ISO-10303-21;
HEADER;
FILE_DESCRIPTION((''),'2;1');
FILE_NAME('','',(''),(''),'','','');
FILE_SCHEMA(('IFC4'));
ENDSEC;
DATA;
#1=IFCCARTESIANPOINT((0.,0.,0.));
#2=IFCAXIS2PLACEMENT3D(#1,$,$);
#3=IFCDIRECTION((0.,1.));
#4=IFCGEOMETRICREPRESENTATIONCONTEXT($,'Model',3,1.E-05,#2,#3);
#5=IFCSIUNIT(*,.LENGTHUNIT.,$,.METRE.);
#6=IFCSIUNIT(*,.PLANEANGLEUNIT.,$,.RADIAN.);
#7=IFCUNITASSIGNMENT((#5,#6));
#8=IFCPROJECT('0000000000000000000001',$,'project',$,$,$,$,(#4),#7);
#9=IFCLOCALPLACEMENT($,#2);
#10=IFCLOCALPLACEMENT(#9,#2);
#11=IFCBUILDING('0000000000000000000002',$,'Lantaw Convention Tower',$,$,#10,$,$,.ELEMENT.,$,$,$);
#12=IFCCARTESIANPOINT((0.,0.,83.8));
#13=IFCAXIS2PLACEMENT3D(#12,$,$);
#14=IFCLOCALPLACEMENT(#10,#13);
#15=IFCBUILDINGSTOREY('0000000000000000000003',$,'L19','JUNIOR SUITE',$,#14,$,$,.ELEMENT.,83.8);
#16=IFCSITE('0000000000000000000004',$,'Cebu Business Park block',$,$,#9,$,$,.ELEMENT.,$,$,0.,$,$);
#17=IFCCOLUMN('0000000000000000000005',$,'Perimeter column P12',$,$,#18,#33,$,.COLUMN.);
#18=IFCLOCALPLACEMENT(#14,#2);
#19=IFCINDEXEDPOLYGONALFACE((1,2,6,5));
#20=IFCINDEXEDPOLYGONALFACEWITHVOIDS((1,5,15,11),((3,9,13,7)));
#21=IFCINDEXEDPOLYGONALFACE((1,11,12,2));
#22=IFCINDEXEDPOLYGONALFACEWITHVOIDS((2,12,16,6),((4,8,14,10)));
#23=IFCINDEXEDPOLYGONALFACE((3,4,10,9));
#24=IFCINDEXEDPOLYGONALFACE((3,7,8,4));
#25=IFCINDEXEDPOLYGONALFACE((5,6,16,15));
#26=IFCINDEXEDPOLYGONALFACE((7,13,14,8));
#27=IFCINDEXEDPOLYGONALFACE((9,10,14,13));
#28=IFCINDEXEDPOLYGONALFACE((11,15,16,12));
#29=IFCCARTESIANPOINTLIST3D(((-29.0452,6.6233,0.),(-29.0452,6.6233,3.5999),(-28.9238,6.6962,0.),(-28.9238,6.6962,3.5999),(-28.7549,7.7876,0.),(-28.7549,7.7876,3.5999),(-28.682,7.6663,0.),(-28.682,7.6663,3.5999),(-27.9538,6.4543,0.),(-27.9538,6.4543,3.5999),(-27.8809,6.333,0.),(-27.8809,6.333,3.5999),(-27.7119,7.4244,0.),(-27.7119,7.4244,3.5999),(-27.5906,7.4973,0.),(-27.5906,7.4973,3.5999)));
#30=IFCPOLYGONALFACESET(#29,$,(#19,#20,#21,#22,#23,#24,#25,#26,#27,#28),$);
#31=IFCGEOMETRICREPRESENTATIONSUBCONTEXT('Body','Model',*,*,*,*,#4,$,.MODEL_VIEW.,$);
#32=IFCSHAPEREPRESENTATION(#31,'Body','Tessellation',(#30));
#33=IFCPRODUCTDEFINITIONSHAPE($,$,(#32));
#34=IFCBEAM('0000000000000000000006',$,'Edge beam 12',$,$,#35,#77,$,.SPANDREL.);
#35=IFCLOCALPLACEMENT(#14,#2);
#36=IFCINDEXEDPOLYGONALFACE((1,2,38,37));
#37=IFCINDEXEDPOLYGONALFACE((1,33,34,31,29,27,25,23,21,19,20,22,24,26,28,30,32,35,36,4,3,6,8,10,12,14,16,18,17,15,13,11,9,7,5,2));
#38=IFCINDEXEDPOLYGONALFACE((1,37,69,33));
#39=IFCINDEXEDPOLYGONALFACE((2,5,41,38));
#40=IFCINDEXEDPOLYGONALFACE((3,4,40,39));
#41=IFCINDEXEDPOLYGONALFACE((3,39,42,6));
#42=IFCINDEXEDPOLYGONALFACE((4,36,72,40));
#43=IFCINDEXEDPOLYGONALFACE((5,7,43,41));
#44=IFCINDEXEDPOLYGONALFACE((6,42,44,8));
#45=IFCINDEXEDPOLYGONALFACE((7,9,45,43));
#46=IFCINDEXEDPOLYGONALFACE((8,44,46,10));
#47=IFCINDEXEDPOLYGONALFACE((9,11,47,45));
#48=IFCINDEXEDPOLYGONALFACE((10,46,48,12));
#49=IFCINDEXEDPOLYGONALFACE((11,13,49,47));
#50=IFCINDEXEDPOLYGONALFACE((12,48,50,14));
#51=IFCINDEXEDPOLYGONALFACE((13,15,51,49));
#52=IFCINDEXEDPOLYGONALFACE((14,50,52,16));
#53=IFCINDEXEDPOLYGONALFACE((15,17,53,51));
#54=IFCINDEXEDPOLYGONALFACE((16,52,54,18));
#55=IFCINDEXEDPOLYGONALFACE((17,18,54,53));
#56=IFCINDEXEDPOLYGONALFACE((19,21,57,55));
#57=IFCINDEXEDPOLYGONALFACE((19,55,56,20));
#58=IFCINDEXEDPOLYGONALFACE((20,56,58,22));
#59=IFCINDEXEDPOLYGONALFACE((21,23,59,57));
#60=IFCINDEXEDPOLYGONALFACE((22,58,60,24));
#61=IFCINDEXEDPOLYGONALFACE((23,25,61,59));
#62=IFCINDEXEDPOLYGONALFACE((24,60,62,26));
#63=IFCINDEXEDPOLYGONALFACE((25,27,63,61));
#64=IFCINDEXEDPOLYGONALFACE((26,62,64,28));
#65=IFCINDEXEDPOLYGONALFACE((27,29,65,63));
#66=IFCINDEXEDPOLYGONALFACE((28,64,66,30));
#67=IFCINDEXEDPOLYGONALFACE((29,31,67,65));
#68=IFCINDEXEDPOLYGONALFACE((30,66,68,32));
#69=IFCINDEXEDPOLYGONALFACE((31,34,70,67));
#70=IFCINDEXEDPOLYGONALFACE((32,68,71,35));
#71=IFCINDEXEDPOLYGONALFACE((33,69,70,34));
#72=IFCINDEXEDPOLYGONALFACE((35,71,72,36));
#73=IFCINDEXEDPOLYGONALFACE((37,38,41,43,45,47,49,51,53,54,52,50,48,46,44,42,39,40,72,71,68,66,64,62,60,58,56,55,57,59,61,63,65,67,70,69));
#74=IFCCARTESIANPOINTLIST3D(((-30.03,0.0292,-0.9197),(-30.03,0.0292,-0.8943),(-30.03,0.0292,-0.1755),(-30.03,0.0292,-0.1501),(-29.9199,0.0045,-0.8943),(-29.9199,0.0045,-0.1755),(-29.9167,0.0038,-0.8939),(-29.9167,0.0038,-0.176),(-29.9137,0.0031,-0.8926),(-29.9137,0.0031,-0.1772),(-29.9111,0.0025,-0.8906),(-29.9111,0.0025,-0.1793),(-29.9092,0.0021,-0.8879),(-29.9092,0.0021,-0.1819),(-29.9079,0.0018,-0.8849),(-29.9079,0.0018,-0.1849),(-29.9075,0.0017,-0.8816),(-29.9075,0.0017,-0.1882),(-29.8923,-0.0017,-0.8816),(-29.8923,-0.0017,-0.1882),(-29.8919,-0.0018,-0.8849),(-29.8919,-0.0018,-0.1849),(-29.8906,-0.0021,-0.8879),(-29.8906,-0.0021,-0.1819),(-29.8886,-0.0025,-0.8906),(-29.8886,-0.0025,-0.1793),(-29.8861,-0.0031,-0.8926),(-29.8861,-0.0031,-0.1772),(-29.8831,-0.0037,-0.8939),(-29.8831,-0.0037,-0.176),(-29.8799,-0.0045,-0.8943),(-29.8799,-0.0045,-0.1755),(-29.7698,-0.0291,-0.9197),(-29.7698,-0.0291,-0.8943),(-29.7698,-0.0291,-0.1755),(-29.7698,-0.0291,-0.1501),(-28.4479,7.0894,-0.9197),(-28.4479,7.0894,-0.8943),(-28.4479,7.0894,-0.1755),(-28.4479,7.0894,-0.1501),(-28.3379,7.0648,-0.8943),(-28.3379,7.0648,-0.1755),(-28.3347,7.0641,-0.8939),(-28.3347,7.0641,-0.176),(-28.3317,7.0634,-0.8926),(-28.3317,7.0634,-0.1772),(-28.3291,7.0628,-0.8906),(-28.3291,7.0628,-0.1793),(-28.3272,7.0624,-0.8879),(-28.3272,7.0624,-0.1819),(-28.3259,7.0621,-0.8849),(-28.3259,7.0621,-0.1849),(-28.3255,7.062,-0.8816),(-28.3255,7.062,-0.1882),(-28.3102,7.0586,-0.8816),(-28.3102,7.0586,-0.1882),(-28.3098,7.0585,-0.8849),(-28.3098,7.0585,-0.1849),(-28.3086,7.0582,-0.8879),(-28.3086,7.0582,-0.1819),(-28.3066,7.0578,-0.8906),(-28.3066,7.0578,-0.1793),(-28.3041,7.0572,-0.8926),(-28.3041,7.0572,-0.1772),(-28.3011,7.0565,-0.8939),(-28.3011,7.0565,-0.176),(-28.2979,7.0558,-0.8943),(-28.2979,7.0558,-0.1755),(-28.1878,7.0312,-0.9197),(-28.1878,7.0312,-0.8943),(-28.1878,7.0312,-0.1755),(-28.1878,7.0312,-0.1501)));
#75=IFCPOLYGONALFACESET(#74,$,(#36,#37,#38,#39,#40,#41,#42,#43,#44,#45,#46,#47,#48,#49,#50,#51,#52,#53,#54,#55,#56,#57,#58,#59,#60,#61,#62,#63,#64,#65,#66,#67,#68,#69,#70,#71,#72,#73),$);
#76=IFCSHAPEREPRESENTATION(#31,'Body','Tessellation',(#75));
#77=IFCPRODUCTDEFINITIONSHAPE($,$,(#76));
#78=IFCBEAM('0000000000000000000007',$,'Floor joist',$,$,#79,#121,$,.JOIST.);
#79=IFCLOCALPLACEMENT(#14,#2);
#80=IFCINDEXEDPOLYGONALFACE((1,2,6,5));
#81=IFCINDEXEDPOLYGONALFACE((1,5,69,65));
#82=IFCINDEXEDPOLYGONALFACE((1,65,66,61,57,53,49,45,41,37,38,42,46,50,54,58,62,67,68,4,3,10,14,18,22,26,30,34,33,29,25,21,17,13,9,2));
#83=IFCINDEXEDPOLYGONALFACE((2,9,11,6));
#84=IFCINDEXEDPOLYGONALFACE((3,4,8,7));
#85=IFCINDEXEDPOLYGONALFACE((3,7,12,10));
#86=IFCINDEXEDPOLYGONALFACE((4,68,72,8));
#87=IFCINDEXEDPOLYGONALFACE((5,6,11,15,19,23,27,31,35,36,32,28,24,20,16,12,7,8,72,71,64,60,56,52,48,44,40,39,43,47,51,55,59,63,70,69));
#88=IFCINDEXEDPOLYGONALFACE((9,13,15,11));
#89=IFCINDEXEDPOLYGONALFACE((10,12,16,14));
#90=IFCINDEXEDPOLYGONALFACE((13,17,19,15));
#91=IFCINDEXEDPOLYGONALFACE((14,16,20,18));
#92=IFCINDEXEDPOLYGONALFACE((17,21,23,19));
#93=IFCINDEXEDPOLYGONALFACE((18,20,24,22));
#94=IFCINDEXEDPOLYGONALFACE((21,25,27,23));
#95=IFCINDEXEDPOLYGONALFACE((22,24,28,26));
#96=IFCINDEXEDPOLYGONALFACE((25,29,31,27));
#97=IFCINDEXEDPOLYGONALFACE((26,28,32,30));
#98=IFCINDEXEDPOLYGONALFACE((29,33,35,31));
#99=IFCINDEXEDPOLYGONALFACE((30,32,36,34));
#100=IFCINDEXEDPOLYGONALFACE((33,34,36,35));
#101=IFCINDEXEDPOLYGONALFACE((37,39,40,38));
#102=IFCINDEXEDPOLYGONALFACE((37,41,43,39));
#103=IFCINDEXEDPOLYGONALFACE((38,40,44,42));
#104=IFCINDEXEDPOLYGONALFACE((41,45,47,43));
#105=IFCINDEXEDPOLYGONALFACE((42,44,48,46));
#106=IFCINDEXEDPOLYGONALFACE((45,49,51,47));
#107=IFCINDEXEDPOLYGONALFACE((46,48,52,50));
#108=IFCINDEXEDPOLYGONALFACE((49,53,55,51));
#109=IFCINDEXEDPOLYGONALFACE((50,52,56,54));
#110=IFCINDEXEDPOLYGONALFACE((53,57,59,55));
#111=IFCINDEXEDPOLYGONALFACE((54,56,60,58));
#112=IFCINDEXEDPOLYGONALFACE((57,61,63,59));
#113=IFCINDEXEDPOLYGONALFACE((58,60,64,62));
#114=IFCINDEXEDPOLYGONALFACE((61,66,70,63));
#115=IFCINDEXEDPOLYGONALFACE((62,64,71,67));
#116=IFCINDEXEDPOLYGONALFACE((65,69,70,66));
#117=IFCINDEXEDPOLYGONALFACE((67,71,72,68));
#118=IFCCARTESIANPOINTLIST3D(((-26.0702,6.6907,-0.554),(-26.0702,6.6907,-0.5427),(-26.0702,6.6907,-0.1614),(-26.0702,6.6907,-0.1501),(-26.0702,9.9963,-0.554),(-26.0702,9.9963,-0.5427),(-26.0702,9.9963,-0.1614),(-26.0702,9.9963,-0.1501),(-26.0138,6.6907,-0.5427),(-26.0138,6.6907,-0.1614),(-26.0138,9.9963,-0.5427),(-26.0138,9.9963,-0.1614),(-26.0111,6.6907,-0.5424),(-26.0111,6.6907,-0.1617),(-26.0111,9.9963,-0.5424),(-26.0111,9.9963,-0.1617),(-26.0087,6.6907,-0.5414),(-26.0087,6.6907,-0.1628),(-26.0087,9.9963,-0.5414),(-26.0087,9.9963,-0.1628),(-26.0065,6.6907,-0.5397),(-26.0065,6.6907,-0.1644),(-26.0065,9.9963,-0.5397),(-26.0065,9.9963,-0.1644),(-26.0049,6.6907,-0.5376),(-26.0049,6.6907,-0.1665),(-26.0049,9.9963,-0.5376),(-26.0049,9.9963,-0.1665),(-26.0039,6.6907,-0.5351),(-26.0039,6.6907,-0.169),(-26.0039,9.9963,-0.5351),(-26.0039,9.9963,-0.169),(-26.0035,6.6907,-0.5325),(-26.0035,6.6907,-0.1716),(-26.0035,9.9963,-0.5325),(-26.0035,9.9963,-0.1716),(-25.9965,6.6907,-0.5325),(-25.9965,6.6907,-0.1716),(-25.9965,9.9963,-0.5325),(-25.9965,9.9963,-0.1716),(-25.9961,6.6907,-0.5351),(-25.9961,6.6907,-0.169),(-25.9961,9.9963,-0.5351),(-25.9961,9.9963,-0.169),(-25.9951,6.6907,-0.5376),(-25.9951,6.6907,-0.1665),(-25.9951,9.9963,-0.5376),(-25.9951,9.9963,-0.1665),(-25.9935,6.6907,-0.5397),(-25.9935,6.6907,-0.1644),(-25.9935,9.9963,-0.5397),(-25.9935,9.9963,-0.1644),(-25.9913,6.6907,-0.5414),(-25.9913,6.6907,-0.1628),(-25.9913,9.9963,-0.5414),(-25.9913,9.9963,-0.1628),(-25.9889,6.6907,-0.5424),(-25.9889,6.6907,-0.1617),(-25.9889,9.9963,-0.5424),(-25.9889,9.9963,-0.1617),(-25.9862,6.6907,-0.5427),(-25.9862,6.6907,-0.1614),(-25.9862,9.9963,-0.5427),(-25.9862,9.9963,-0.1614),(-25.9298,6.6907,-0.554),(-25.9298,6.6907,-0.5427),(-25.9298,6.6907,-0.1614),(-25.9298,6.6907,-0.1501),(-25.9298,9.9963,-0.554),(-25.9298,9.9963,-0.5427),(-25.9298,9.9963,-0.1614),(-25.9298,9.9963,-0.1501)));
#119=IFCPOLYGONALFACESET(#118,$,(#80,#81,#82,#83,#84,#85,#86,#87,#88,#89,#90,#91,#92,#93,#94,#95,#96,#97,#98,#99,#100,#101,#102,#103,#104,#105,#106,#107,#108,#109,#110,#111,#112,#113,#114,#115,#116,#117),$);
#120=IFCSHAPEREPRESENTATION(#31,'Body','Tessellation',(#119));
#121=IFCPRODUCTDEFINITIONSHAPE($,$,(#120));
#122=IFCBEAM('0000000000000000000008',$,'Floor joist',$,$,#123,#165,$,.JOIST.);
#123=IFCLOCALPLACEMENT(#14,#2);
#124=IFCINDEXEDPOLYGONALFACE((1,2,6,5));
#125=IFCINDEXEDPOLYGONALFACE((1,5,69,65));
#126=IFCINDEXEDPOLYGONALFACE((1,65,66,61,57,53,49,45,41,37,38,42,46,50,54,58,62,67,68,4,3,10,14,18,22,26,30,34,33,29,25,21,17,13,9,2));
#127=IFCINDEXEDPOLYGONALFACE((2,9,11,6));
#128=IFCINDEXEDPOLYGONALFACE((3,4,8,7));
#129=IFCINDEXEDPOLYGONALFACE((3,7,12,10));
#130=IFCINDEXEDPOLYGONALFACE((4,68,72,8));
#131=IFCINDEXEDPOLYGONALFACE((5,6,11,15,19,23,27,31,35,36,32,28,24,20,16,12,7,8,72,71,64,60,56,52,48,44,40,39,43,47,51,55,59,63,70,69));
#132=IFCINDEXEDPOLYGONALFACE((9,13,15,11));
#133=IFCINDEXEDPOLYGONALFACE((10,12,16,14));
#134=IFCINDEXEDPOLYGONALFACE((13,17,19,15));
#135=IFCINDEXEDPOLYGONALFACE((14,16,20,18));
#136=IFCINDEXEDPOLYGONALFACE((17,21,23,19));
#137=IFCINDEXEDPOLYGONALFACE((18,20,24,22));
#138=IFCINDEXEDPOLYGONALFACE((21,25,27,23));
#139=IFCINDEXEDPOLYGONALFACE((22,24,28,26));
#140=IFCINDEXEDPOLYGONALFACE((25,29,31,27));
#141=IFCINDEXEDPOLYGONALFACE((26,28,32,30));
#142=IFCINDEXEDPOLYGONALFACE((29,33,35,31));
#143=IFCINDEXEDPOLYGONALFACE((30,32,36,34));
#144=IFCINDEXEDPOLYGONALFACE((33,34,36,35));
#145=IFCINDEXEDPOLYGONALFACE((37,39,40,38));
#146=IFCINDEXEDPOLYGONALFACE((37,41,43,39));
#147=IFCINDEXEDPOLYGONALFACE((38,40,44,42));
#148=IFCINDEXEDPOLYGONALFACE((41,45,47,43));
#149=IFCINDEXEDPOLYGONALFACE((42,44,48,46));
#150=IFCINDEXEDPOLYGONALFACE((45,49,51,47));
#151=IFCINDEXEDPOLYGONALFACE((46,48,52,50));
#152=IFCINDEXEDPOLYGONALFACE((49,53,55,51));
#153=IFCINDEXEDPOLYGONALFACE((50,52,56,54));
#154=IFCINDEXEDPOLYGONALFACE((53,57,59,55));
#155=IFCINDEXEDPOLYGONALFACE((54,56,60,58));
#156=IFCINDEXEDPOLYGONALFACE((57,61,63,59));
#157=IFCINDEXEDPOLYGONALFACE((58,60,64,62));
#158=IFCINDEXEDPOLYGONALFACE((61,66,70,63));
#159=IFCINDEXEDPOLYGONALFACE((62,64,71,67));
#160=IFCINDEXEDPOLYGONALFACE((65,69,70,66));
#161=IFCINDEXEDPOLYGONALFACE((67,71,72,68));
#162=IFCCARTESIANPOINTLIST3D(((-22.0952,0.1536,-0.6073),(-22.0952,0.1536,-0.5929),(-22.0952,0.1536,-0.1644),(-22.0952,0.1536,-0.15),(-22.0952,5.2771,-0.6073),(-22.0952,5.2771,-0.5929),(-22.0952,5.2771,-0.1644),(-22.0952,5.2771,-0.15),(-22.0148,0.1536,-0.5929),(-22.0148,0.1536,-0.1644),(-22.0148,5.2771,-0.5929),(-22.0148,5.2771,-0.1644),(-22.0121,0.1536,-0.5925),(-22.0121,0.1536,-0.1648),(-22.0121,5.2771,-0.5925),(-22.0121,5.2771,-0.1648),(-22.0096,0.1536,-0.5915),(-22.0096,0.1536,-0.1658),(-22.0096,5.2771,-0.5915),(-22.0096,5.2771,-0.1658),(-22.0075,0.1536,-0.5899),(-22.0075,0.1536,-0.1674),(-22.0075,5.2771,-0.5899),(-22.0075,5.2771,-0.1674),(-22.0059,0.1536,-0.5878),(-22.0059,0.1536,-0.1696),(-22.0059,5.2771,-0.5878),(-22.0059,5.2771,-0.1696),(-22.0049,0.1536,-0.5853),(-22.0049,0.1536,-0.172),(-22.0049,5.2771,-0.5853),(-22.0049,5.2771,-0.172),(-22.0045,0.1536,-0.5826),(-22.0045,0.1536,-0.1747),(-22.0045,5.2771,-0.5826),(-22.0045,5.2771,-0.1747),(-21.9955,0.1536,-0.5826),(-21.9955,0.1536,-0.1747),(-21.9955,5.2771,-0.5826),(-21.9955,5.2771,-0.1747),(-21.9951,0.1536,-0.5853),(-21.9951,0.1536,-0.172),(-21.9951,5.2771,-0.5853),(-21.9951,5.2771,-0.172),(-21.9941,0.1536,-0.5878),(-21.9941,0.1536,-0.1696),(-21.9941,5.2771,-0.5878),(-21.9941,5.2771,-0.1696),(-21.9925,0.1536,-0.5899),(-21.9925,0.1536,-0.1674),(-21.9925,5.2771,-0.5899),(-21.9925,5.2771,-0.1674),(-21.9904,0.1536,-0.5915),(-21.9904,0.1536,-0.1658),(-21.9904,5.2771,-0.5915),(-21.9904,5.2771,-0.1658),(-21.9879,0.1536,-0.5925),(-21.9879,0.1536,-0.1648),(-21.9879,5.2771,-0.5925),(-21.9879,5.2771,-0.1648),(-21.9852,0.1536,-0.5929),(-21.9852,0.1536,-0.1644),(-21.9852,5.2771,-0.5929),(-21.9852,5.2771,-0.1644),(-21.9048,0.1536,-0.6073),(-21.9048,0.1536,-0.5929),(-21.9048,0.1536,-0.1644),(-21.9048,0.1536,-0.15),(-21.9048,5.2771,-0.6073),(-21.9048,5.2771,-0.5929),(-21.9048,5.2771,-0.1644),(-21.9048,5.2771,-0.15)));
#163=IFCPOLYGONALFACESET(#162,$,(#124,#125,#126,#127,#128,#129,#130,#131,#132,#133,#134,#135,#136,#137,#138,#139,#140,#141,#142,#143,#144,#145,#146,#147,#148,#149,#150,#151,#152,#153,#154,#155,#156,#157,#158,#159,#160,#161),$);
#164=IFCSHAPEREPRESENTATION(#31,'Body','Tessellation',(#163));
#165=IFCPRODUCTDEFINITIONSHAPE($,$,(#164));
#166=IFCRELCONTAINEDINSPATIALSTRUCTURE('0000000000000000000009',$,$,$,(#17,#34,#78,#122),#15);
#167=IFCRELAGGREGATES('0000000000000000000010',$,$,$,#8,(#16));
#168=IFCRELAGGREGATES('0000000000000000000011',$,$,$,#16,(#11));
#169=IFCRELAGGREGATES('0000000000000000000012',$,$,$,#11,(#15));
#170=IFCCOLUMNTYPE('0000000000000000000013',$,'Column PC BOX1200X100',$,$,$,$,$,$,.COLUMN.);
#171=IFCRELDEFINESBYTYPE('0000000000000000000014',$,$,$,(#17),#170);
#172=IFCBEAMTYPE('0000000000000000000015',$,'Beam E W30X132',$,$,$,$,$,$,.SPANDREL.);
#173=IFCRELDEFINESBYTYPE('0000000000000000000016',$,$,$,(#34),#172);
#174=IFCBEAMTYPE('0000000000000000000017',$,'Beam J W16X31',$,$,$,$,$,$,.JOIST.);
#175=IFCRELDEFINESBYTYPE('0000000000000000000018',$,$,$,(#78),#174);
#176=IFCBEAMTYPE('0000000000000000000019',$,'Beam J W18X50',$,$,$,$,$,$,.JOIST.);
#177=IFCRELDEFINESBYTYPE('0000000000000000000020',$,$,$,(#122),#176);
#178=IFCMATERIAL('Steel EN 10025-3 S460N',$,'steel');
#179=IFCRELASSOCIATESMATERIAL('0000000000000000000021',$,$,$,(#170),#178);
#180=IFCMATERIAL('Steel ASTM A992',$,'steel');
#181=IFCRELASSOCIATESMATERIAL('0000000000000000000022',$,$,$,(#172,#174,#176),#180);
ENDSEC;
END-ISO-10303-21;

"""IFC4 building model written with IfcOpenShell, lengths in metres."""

from ifc_helpers import new_model, si_unit, direction, frame, origin, origin_2d, place, context, subcontext, project, spatial, rectangle, hollow_rectangle, i_section, extrude, material, material_profile, profile_set, type_object, element, save


model = new_model("IFC4")

# Units and contexts
model_context = context("Model", 3, precision=1e-05, world=origin(), true_north=direction((0.0, 1.0)))
body_context = subcontext(model_context, "Body", "Model", "MODEL_VIEW")
ifc_project = project(units=[si_unit("LENGTHUNIT", "METRE"), si_unit("PLANEANGLEUNIT", "RADIAN")], contexts=[model_context])

# Site, building, storey
site_placement = place(None, origin())
site = spatial("IfcSite", under=ifc_project, at=site_placement, Name="Cebu Business Park block", CompositionType="ELEMENT", RefElevation=0.0)
building_placement = place(site_placement, origin())
building = spatial("IfcBuilding", under=site, at=building_placement, Name="Lantaw Convention Tower", CompositionType="ELEMENT")
storey_placement = place(building_placement, frame((0.0, 0.0, 83.8)))
storey = spatial("IfcBuildingStorey", under=building, at=storey_placement, Name="L19", Description="JUNIOR SUITE", CompositionType="ELEMENT", Elevation=83.8)

# Column
ifc_material_1 = material(Name="Steel EN 10025-3 S460N", Category="steel")
ifc_material_profile_1 = material_profile(ifc_material_1, hollow_rectangle(XDim=1.2, YDim=1.2, WallThickness=0.1001, at=origin_2d()), Name="BOX1200X100")
ifc_material_2 = material(Name="Concrete C60/75", Category="concrete")
ifc_material_profile_2 = material_profile(ifc_material_2, rectangle(XDim=1.0, YDim=1.0, at=origin_2d()), Name="Concrete fill of BOX1200X100")
ifc_profile_set_1 = profile_set([ifc_material_profile_1, ifc_material_profile_2], Name="Steel EN 10025-3 S460N")
column_type = type_object("IfcColumnType", Name="Column PC BOX1200X100", PredefinedType="COLUMN", material=ifc_profile_set_1)
column_placement = place(storey_placement, frame((-28.3179, 7.0603, 0.0), z_axis=(0.0, 0.0, 1.0), x_axis=(0.241922, 0.970296, 0.0)))
element("IfcColumn", 1, at=column_placement, inside=storey, type_object=column_type, Name="Perimeter column P12", PredefinedType="COLUMN", context=body_context, shape_type="SweptSolid", body=[
    extrude(hollow_rectangle(XDim=1.2, YDim=1.2, WallThickness=0.1001, at=origin_2d()), origin(), (0.0, 0.0, 1.0), 3.5999),
])

# Beams
ifc_material_3 = material(Name="Steel ASTM A992", Category="steel")
ifc_material_profile_3 = material_profile(ifc_material_3, i_section(OverallWidth=0.2666, OverallDepth=0.7695, WebThickness=0.0156, FlangeThickness=0.0254, FilletRadius=0.0127, at=origin_2d()), Name="W30X132")
ifc_profile_set_2 = profile_set([ifc_material_profile_3], Name="Steel ASTM A992")
beam_type_1 = type_object("IfcBeamType", Name="Beam E W30X132", PredefinedType="SPANDREL", material=ifc_profile_set_2)
beam_1_placement = place(storey_placement, frame((-28.3179, 7.0603, -0.5349), z_axis=(-0.218652, -0.975803, 0.0), x_axis=(0.975803, -0.218652, 0.0)))
element("IfcBeam", 2, at=beam_1_placement, inside=storey, type_object=beam_type_1, Name="Edge beam 12", PredefinedType="SPANDREL", context=body_context, shape_type="SweptSolid", body=[
    extrude(i_section(OverallWidth=0.2666, OverallDepth=0.7695, WebThickness=0.0156, FlangeThickness=0.0254, FilletRadius=0.0127, at=origin_2d()), origin(), (0.0, 0.0, 1.0), 7.2354),
])
ifc_material_profile_4 = material_profile(ifc_material_3, i_section(OverallWidth=0.1404, OverallDepth=0.4038, WebThickness=0.0071, FlangeThickness=0.0112, FilletRadius=0.0103, at=origin_2d()), Name="W16X31")
ifc_profile_set_3 = profile_set([ifc_material_profile_4], Name="Steel ASTM A992")
beam_type_2 = type_object("IfcBeamType", Name="Beam J W16X31", PredefinedType="JOIST", material=ifc_profile_set_3)
beam_2_placement = place(storey_placement, frame((-26.0, 6.6907, -0.3521), z_axis=(0.0, 1.0, 0.0), x_axis=(-1.0, 0.0, 0.0)))
element("IfcBeam", 3, at=beam_2_placement, inside=storey, type_object=beam_type_2, Name="Floor joist", PredefinedType="JOIST", context=body_context, shape_type="SweptSolid", body=[
    extrude(i_section(OverallWidth=0.1404, OverallDepth=0.4038, WebThickness=0.0071, FlangeThickness=0.0112, FilletRadius=0.0103, at=origin_2d()), origin(), (0.0, 0.0, 1.0), 3.3057),
])
ifc_material_profile_5 = material_profile(ifc_material_3, i_section(OverallWidth=0.1904, OverallDepth=0.4573, WebThickness=0.009, FlangeThickness=0.0144, FilletRadius=0.0103, at=origin_2d()), Name="W18X50")
ifc_profile_set_4 = profile_set([ifc_material_profile_5], Name="Steel ASTM A992")
beam_type_3 = type_object("IfcBeamType", Name="Beam J W18X50", PredefinedType="JOIST", material=ifc_profile_set_4)
beam_3_placement = place(storey_placement, frame((-22.0, 0.1536, -0.3787), z_axis=(0.0, 1.0, 0.0), x_axis=(-1.0, 0.0, 0.0)))
element("IfcBeam", 4, at=beam_3_placement, inside=storey, type_object=beam_type_3, Name="Floor joist", PredefinedType="JOIST", context=body_context, shape_type="SweptSolid", body=[
    extrude(i_section(OverallWidth=0.1904, OverallDepth=0.4573, WebThickness=0.009, FlangeThickness=0.0144, FilletRadius=0.0103, at=origin_2d()), origin(), (0.0, 0.0, 1.0), 5.1235),
])

save(model, "model.ifc")
